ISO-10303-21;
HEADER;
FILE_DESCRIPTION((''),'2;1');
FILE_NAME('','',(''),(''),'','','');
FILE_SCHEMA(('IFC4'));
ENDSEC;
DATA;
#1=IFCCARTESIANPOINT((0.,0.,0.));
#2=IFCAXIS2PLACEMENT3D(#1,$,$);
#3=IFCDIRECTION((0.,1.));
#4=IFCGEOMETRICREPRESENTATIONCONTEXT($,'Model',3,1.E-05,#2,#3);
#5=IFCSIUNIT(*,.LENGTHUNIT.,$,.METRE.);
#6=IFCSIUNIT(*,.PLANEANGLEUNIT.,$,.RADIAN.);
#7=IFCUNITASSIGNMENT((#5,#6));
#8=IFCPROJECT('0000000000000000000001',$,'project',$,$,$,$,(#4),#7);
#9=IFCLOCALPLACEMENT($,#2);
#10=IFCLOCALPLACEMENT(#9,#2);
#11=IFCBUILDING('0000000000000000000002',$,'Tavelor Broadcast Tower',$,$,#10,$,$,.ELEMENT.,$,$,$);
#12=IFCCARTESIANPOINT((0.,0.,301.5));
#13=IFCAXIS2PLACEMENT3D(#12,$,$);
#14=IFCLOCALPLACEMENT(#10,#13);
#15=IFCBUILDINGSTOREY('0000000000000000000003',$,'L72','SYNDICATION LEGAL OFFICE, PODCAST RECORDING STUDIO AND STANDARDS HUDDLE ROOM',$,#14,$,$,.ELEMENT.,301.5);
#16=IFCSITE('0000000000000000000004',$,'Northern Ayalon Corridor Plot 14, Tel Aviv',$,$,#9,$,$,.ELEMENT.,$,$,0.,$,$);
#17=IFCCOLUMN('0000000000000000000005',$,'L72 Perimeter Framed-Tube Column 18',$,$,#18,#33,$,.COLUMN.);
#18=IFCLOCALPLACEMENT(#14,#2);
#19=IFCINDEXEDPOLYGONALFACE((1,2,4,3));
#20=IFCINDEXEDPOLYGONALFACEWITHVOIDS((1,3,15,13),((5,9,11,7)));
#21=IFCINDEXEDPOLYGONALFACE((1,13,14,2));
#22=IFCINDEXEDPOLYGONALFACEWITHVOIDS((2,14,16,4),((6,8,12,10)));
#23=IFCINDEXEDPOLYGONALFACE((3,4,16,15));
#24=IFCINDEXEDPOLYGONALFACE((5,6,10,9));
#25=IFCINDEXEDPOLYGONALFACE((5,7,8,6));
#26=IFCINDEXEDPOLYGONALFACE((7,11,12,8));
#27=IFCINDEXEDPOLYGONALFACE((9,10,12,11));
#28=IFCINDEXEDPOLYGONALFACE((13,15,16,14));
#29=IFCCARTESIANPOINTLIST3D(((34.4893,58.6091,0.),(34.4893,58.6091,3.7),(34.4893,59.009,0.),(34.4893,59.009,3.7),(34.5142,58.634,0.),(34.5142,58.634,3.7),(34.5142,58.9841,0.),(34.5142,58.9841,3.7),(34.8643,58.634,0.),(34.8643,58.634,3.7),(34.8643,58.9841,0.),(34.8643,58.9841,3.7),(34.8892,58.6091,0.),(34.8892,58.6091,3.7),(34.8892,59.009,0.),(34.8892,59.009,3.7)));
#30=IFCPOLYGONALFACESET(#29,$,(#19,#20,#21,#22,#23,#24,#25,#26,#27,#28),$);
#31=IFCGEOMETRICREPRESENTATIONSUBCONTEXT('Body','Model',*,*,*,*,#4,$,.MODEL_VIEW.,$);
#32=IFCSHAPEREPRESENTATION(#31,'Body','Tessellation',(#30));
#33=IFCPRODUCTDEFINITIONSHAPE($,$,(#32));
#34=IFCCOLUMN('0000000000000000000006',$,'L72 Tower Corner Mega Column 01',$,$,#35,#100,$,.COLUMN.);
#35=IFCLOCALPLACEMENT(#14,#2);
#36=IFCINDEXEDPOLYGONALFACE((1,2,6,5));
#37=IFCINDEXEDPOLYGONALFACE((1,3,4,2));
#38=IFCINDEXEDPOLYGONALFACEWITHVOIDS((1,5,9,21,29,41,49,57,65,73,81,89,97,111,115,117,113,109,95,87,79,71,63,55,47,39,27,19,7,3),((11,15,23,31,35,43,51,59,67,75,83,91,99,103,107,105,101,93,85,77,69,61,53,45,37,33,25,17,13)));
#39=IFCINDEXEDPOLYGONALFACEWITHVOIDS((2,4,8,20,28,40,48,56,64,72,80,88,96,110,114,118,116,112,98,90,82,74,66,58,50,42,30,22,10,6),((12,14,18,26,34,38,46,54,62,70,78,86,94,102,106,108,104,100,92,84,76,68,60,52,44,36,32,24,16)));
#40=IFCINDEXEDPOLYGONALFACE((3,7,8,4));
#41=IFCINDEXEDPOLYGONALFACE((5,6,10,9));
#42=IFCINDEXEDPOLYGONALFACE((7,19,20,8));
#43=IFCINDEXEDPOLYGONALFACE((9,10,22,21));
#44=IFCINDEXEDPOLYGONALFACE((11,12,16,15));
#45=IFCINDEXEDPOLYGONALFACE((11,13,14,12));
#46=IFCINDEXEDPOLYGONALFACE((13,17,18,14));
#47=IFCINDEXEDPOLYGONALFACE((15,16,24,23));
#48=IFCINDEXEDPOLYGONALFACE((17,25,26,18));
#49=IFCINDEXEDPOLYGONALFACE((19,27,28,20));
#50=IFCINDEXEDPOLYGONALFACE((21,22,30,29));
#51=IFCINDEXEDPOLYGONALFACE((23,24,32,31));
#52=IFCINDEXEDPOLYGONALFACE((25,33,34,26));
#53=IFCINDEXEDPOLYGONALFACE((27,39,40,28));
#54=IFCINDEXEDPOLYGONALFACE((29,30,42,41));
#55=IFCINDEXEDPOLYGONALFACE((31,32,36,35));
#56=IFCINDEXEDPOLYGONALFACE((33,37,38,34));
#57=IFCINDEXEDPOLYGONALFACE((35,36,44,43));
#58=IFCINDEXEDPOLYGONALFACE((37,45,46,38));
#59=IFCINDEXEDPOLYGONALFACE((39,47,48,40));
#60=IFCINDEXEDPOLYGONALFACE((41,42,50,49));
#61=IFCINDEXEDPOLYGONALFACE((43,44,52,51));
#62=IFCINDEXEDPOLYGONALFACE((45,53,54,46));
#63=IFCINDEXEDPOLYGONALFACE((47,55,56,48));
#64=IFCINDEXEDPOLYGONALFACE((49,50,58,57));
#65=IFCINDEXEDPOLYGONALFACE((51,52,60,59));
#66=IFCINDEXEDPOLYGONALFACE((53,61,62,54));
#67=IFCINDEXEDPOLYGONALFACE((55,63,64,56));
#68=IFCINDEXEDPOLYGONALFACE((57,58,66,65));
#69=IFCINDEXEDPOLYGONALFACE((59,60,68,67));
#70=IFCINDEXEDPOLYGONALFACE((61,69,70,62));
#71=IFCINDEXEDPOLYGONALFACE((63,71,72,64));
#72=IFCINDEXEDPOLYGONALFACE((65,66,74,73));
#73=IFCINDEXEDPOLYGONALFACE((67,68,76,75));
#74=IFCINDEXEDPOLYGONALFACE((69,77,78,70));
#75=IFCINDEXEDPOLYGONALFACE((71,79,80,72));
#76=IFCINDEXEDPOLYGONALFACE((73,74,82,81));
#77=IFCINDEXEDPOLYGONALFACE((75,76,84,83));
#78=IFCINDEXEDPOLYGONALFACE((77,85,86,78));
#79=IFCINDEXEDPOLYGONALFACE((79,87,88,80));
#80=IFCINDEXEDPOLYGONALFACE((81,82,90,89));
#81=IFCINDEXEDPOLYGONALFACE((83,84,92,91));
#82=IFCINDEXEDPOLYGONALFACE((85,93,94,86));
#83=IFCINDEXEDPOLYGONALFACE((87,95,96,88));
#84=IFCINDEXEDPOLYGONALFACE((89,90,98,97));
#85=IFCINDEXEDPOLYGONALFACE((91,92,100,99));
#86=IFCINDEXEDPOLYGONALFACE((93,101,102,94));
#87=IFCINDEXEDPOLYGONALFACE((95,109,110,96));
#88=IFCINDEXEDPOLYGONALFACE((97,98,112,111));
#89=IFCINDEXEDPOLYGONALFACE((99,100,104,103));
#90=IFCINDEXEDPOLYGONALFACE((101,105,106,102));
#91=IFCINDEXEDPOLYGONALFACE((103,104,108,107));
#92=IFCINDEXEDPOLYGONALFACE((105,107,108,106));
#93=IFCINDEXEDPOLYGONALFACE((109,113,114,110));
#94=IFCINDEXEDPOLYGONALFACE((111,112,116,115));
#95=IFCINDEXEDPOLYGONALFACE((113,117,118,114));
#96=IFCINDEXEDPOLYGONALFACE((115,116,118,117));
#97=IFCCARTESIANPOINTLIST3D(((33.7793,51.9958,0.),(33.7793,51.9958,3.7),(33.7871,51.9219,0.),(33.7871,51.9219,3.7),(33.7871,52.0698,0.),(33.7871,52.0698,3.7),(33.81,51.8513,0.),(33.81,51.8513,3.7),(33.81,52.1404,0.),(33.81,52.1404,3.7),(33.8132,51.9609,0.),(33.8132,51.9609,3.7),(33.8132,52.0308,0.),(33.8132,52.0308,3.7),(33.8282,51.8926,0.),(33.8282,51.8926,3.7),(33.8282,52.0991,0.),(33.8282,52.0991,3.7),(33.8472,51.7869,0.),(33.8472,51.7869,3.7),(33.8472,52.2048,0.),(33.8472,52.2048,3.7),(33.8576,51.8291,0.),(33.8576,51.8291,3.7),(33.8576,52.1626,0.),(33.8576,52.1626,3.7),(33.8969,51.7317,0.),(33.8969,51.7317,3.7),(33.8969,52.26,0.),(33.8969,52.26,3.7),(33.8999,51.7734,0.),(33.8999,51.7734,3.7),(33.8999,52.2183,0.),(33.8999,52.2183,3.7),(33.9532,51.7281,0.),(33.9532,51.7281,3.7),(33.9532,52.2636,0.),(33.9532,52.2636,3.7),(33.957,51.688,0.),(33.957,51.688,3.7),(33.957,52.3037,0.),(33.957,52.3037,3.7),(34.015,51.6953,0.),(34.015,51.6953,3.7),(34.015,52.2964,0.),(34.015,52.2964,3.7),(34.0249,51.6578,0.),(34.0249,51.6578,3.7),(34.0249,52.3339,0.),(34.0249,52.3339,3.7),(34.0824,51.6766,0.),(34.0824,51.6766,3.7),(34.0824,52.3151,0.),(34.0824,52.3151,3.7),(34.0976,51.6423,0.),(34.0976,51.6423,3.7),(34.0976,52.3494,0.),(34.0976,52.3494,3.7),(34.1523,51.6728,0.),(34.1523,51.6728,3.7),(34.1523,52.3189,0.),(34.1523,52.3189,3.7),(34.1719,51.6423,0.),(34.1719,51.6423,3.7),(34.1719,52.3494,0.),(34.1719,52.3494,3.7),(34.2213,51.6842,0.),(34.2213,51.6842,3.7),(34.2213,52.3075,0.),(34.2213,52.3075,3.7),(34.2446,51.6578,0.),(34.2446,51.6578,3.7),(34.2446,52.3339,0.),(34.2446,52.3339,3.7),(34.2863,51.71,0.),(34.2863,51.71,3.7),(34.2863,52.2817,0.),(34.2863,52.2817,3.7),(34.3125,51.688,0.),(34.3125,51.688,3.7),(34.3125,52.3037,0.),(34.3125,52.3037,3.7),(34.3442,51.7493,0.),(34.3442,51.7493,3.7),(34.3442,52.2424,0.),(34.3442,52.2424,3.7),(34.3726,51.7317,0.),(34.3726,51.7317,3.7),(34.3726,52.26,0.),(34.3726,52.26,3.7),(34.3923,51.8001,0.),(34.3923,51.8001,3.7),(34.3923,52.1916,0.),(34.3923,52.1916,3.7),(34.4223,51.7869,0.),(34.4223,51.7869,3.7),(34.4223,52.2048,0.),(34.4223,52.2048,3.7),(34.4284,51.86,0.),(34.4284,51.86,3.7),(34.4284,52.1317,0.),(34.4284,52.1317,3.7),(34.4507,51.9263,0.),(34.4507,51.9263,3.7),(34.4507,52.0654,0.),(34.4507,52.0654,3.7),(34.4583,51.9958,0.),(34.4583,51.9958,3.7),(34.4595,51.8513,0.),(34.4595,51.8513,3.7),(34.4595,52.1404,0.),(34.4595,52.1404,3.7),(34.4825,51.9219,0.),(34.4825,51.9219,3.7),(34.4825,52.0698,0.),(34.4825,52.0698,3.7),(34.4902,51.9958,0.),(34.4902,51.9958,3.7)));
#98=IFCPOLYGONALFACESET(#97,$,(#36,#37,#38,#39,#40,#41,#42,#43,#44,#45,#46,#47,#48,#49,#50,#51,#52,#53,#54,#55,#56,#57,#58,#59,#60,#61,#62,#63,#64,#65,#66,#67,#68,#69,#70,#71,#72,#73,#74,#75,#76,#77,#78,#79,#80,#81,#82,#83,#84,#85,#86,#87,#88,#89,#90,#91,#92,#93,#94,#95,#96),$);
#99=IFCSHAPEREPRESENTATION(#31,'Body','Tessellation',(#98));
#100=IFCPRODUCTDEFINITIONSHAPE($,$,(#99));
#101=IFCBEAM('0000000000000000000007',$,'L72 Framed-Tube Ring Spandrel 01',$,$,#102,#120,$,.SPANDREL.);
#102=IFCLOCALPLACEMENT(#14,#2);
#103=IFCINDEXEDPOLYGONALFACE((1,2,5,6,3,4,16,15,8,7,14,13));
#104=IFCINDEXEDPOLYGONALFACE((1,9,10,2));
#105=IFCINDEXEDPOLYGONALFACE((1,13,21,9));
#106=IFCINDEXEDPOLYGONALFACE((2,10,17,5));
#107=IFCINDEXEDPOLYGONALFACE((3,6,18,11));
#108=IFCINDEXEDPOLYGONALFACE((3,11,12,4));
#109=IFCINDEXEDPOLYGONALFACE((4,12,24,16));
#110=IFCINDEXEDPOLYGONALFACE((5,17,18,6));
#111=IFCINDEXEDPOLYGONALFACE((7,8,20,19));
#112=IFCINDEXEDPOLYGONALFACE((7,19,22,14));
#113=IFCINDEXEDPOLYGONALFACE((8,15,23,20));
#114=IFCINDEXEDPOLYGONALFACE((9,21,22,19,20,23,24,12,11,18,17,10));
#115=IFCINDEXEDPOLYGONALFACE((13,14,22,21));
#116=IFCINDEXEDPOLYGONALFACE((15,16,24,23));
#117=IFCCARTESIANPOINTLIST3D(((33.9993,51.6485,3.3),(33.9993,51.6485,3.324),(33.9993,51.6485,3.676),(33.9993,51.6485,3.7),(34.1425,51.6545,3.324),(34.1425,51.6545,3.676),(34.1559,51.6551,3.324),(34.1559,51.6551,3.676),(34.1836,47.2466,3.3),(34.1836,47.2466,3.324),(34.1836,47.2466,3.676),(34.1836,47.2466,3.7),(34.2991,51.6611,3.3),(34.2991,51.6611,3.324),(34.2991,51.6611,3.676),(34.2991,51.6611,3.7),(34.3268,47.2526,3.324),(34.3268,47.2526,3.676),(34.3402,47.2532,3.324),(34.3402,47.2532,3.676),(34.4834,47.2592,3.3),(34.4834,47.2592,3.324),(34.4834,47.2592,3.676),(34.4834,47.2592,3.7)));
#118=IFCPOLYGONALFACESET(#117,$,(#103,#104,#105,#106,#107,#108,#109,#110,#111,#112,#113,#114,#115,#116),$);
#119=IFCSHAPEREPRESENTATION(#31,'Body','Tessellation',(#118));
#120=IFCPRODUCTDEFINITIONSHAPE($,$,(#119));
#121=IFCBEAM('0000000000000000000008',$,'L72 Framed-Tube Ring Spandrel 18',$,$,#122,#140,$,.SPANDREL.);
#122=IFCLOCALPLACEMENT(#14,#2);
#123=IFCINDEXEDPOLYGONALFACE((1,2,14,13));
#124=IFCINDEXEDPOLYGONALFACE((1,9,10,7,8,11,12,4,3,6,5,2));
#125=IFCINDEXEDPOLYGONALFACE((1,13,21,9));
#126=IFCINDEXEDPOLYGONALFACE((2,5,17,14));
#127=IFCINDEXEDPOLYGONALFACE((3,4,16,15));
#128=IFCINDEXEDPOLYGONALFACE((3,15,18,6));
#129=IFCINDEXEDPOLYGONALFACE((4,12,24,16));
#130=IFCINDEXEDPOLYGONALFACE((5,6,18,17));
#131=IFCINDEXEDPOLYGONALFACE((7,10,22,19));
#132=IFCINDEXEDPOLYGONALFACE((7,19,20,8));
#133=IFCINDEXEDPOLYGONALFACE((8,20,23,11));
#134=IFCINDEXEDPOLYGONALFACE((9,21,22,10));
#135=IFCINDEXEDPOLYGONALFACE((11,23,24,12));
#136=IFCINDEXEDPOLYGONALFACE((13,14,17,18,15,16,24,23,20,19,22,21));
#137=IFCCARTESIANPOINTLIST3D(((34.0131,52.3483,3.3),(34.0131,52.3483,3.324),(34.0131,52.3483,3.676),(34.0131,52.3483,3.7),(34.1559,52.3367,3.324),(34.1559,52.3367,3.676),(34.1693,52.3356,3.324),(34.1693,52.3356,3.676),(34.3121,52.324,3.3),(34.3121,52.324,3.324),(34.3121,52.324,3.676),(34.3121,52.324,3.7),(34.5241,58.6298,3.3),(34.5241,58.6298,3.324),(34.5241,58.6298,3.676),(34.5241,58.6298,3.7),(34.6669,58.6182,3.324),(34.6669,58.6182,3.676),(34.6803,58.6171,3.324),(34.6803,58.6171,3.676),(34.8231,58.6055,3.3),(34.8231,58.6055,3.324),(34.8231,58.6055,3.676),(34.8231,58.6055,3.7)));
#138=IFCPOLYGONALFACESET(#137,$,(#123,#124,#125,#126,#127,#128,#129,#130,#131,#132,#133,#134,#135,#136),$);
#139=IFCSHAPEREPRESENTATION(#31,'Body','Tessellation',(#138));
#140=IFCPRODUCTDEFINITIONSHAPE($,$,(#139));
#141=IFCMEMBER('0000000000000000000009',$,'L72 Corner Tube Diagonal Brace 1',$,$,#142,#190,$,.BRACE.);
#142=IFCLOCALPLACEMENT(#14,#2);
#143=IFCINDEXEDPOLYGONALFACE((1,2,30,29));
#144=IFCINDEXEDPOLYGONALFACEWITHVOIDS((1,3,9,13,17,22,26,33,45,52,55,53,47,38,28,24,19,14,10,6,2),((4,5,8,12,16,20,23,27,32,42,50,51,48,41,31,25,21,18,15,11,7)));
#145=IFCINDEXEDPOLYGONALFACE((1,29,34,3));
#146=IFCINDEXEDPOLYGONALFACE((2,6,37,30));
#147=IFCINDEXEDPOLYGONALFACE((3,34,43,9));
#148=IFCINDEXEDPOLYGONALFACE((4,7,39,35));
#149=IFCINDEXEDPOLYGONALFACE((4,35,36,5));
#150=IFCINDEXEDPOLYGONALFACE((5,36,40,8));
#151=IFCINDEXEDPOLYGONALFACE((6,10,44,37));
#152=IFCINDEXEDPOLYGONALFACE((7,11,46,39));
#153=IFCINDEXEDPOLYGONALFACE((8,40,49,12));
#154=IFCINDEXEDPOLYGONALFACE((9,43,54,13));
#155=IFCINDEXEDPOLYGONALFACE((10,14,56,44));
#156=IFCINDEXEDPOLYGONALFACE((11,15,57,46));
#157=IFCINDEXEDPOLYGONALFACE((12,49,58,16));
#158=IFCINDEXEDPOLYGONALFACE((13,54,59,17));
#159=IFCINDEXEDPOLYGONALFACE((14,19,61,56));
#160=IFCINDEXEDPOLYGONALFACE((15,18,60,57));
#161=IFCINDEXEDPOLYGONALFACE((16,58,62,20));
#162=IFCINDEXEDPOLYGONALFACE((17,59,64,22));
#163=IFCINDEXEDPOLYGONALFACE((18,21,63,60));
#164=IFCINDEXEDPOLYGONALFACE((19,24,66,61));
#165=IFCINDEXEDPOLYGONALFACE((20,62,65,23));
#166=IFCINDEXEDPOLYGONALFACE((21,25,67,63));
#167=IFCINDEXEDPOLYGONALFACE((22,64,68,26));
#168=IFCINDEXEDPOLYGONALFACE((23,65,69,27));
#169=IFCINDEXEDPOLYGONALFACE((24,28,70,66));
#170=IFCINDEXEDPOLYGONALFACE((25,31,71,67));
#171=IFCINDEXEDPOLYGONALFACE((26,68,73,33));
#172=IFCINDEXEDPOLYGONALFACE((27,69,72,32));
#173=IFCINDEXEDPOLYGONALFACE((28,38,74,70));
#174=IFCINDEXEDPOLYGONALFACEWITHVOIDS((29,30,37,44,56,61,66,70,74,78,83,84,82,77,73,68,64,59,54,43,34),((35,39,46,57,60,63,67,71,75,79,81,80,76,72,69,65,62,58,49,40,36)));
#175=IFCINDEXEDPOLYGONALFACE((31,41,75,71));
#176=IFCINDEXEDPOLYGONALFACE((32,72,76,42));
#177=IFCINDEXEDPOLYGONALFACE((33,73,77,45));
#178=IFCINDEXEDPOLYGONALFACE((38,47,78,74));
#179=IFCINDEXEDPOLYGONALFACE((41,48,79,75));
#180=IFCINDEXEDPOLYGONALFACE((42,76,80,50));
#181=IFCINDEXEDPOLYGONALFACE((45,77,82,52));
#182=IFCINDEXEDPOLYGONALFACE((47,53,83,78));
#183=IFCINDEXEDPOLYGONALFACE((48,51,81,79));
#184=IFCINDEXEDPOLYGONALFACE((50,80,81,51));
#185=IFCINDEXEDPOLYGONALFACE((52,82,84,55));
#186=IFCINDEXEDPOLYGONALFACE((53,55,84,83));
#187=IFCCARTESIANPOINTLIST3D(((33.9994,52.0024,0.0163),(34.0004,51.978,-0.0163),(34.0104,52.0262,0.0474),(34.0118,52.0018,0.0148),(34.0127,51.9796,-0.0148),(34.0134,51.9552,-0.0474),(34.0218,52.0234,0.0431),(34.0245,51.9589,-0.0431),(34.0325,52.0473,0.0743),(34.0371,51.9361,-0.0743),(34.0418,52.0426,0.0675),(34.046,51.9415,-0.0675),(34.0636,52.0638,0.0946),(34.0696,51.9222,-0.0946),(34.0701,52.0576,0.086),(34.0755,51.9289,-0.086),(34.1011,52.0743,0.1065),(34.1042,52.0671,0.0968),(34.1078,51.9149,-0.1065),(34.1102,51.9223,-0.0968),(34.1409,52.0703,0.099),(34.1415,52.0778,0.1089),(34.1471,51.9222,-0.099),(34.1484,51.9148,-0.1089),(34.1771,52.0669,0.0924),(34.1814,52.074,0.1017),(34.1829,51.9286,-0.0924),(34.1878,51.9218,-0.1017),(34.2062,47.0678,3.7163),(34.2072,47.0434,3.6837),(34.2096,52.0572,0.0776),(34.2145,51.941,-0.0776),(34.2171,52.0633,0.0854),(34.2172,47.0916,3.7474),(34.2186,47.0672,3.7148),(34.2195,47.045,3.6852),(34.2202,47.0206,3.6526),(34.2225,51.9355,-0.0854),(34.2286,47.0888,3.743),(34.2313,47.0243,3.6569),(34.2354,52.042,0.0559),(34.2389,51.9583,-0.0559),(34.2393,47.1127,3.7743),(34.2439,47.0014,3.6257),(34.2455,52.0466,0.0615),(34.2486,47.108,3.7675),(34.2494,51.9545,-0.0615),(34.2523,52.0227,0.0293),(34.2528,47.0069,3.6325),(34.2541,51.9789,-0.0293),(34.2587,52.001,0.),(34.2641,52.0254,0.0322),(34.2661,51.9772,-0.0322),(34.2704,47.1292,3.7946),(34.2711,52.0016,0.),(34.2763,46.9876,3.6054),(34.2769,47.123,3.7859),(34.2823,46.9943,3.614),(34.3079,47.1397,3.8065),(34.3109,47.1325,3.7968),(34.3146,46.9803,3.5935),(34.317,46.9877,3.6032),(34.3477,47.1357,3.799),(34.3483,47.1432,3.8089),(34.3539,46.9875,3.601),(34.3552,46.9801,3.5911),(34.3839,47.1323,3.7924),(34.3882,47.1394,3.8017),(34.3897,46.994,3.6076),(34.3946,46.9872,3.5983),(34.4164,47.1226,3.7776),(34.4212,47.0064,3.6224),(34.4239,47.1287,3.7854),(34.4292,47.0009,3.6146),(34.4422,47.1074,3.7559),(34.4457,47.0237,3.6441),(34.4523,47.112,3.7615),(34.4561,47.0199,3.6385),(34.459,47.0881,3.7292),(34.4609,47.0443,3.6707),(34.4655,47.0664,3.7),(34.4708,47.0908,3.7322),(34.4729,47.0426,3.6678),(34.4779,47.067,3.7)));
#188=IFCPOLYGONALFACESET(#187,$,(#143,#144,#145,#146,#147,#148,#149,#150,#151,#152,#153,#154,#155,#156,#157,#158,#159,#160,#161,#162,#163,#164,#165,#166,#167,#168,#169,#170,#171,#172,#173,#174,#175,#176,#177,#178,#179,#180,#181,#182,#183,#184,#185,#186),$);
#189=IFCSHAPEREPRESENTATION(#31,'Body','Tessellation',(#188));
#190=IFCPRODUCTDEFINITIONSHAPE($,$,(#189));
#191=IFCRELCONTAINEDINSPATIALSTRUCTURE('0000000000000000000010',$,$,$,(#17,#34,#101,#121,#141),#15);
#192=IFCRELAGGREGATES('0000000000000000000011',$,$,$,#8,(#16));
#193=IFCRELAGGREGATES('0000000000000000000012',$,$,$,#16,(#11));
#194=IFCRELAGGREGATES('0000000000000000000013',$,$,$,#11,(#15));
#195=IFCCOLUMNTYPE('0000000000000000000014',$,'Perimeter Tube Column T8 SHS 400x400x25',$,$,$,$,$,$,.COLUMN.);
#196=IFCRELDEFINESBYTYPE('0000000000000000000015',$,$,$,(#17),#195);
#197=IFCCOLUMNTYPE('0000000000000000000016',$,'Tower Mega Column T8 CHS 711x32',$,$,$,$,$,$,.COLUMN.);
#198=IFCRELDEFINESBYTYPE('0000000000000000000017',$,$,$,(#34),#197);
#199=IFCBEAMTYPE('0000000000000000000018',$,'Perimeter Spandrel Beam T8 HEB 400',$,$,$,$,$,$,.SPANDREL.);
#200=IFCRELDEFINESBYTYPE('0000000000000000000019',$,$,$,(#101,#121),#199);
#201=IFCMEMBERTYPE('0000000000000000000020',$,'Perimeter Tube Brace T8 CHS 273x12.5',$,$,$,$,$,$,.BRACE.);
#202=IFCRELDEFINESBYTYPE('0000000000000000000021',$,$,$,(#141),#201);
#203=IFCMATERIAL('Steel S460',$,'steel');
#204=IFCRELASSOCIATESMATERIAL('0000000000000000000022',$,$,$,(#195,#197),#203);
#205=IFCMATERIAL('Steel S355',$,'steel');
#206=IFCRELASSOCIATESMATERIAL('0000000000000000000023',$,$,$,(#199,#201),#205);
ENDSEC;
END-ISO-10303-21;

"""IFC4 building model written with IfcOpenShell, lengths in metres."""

from ifc_helpers import new_model, si_unit, direction, frame, origin, origin_2d, place, context, subcontext, project, spatial, hollow_rectangle, hollow_circle, i_section, extrude, material, material_profile, profile_set, type_object, element, save


model = new_model("IFC4")

# Units and contexts
model_context = context("Model", 3, precision=1e-05, world=origin(), true_north=direction((0.0, 1.0)))
body_context = subcontext(model_context, "Body", "Model", "MODEL_VIEW")
ifc_project = project(units=[si_unit("LENGTHUNIT", "METRE"), si_unit("PLANEANGLEUNIT", "RADIAN")], contexts=[model_context])

# Site, building, storey
site_placement = place(None, origin())
site = spatial("IfcSite", under=ifc_project, at=site_placement, Name="Northern Ayalon Corridor Plot 14, Tel Aviv", CompositionType="ELEMENT", RefElevation=0.0)
building_placement = place(site_placement, origin())
building = spatial("IfcBuilding", under=site, at=building_placement, Name="Tavelor Broadcast Tower", CompositionType="ELEMENT")
storey_placement = place(building_placement, frame((0.0, 0.0, 301.5)))
storey = spatial("IfcBuildingStorey", under=building, at=storey_placement, Name="L72", Description="SYNDICATION LEGAL OFFICE, PODCAST RECORDING STUDIO AND STANDARDS HUDDLE ROOM", CompositionType="ELEMENT", Elevation=301.5)

# Columns
ifc_material_1 = material(Name="Steel S460", Category="steel")
ifc_material_profile_1 = material_profile(ifc_material_1, hollow_rectangle(XDim=0.3999, YDim=0.3999, WallThickness=0.0249, at=origin_2d()), Name="SHS 400x400x25")
ifc_profile_set_1 = profile_set([ifc_material_profile_1], Name="Steel S460")
column_type_1 = type_object("IfcColumnType", Name="Perimeter Tube Column T8 SHS 400x400x25", PredefinedType="COLUMN", material=ifc_profile_set_1)
column_1_placement = place(storey_placement, frame((34.6892, 58.8091, 0.0), z_axis=(0.0, 0.0, 1.0), x_axis=(1.0, 0.0, 0.0)))
element("IfcColumn", 1, at=column_1_placement, inside=storey, type_object=column_type_1, Name="L72 Perimeter Framed-Tube Column 18", PredefinedType="COLUMN", context=body_context, shape_type="SweptSolid", body=[
    extrude(hollow_rectangle(XDim=0.3999, YDim=0.3999, WallThickness=0.0249, at=origin_2d()), origin(), (0.0, 0.0, 1.0), 3.7),
])
ifc_material_profile_2 = material_profile(ifc_material_1, hollow_circle(Radius=0.3555, WallThickness=0.032, at=origin_2d()), Name="CHS 711x32")
ifc_profile_set_2 = profile_set([ifc_material_profile_2], Name="Steel S460")
column_type_2 = type_object("IfcColumnType", Name="Tower Mega Column T8 CHS 711x32", PredefinedType="COLUMN", material=ifc_profile_set_2)
column_2_placement = place(storey_placement, frame((34.1348, 51.9958, 0.0), z_axis=(0.0, 0.0, 1.0), x_axis=(1.0, 0.0, 0.0)))
element("IfcColumn", 2, at=column_2_placement, inside=storey, type_object=column_type_2, Name="L72 Tower Corner Mega Column 01", PredefinedType="COLUMN", context=body_context, shape_type="SweptSolid", body=[
    extrude(hollow_circle(Radius=0.3555, WallThickness=0.032, at=origin_2d()), origin(), (0.0, 0.0, 1.0), 3.7),
])

# Beams
ifc_material_2 = material(Name="Steel S355", Category="steel")
ifc_material_profile_3 = material_profile(ifc_material_2, i_section(OverallWidth=0.3, OverallDepth=0.3999, WebThickness=0.0134, FlangeThickness=0.0239, at=origin_2d()), Name="HEB 400")
ifc_profile_set_3 = profile_set([ifc_material_profile_3], Name="Steel S355")
beam_type = type_object("IfcBeamType", Name="Perimeter Spandrel Beam T8 HEB 400", PredefinedType="SPANDREL", material=ifc_profile_set_3)
beam_1_placement = place(storey_placement, frame((34.1492, 51.6548, 3.5), z_axis=(0.041838, -0.999124, 0.0), x_axis=(0.999124, 0.041838, 0.0)))
element("IfcBeam", 3, at=beam_1_placement, inside=storey, type_object=beam_type, Name="L72 Framed-Tube Ring Spandrel 01", PredefinedType="SPANDREL", context=body_context, shape_type="SweptSolid", body=[
    extrude(i_section(OverallWidth=0.3, OverallDepth=0.3999, WebThickness=0.0134, FlangeThickness=0.0239, at=origin_2d()), origin(), (0.0, 0.0, 1.0), 4.4058),
])
beam_2_placement = place(storey_placement, frame((34.6736, 58.6177, 3.5), z_axis=(-0.08108, -0.996708, 0.0), x_axis=(0.996708, -0.08108, 0.0)))
element("IfcBeam", 4, at=beam_2_placement, inside=storey, type_object=beam_type, Name="L72 Framed-Tube Ring Spandrel 18", PredefinedType="SPANDREL", context=body_context, shape_type="SweptSolid", body=[
    extrude(i_section(OverallWidth=0.3, OverallDepth=0.3999, WebThickness=0.0134, FlangeThickness=0.0239, at=origin_2d()), origin(), (0.0, 0.0, 1.0), 6.3022),
])

# Member
ifc_material_profile_4 = material_profile(ifc_material_2, hollow_circle(Radius=0.1365, WallThickness=0.0125, at=origin_2d()), Name="CHS 273x12.5")
ifc_profile_set_4 = profile_set([ifc_material_profile_4], Name="Steel S355")
member_type_1 = type_object("IfcMemberType", Name="Perimeter Tube Brace T8 CHS 273x12.5", PredefinedType="BRACE", material=ifc_profile_set_4)
member_1_placement = place(storey_placement, frame((34.1348, 51.9958, 0.0), z_axis=(0.033509, -0.799627, 0.599562), x_axis=(0.999123, 0.041869, 0.0)))
element("IfcMember", 5, at=member_1_placement, inside=storey, type_object=member_type_1, Name="L72 Corner Tube Diagonal Brace 1", PredefinedType="BRACE", context=body_context, shape_type="SweptSolid", body=[
    extrude(hollow_circle(Radius=0.1365, WallThickness=0.0125, at=origin_2d()), origin(), (0.0, 0.0, 1.0), 6.1711),
])

save(model, "model.ifc")
